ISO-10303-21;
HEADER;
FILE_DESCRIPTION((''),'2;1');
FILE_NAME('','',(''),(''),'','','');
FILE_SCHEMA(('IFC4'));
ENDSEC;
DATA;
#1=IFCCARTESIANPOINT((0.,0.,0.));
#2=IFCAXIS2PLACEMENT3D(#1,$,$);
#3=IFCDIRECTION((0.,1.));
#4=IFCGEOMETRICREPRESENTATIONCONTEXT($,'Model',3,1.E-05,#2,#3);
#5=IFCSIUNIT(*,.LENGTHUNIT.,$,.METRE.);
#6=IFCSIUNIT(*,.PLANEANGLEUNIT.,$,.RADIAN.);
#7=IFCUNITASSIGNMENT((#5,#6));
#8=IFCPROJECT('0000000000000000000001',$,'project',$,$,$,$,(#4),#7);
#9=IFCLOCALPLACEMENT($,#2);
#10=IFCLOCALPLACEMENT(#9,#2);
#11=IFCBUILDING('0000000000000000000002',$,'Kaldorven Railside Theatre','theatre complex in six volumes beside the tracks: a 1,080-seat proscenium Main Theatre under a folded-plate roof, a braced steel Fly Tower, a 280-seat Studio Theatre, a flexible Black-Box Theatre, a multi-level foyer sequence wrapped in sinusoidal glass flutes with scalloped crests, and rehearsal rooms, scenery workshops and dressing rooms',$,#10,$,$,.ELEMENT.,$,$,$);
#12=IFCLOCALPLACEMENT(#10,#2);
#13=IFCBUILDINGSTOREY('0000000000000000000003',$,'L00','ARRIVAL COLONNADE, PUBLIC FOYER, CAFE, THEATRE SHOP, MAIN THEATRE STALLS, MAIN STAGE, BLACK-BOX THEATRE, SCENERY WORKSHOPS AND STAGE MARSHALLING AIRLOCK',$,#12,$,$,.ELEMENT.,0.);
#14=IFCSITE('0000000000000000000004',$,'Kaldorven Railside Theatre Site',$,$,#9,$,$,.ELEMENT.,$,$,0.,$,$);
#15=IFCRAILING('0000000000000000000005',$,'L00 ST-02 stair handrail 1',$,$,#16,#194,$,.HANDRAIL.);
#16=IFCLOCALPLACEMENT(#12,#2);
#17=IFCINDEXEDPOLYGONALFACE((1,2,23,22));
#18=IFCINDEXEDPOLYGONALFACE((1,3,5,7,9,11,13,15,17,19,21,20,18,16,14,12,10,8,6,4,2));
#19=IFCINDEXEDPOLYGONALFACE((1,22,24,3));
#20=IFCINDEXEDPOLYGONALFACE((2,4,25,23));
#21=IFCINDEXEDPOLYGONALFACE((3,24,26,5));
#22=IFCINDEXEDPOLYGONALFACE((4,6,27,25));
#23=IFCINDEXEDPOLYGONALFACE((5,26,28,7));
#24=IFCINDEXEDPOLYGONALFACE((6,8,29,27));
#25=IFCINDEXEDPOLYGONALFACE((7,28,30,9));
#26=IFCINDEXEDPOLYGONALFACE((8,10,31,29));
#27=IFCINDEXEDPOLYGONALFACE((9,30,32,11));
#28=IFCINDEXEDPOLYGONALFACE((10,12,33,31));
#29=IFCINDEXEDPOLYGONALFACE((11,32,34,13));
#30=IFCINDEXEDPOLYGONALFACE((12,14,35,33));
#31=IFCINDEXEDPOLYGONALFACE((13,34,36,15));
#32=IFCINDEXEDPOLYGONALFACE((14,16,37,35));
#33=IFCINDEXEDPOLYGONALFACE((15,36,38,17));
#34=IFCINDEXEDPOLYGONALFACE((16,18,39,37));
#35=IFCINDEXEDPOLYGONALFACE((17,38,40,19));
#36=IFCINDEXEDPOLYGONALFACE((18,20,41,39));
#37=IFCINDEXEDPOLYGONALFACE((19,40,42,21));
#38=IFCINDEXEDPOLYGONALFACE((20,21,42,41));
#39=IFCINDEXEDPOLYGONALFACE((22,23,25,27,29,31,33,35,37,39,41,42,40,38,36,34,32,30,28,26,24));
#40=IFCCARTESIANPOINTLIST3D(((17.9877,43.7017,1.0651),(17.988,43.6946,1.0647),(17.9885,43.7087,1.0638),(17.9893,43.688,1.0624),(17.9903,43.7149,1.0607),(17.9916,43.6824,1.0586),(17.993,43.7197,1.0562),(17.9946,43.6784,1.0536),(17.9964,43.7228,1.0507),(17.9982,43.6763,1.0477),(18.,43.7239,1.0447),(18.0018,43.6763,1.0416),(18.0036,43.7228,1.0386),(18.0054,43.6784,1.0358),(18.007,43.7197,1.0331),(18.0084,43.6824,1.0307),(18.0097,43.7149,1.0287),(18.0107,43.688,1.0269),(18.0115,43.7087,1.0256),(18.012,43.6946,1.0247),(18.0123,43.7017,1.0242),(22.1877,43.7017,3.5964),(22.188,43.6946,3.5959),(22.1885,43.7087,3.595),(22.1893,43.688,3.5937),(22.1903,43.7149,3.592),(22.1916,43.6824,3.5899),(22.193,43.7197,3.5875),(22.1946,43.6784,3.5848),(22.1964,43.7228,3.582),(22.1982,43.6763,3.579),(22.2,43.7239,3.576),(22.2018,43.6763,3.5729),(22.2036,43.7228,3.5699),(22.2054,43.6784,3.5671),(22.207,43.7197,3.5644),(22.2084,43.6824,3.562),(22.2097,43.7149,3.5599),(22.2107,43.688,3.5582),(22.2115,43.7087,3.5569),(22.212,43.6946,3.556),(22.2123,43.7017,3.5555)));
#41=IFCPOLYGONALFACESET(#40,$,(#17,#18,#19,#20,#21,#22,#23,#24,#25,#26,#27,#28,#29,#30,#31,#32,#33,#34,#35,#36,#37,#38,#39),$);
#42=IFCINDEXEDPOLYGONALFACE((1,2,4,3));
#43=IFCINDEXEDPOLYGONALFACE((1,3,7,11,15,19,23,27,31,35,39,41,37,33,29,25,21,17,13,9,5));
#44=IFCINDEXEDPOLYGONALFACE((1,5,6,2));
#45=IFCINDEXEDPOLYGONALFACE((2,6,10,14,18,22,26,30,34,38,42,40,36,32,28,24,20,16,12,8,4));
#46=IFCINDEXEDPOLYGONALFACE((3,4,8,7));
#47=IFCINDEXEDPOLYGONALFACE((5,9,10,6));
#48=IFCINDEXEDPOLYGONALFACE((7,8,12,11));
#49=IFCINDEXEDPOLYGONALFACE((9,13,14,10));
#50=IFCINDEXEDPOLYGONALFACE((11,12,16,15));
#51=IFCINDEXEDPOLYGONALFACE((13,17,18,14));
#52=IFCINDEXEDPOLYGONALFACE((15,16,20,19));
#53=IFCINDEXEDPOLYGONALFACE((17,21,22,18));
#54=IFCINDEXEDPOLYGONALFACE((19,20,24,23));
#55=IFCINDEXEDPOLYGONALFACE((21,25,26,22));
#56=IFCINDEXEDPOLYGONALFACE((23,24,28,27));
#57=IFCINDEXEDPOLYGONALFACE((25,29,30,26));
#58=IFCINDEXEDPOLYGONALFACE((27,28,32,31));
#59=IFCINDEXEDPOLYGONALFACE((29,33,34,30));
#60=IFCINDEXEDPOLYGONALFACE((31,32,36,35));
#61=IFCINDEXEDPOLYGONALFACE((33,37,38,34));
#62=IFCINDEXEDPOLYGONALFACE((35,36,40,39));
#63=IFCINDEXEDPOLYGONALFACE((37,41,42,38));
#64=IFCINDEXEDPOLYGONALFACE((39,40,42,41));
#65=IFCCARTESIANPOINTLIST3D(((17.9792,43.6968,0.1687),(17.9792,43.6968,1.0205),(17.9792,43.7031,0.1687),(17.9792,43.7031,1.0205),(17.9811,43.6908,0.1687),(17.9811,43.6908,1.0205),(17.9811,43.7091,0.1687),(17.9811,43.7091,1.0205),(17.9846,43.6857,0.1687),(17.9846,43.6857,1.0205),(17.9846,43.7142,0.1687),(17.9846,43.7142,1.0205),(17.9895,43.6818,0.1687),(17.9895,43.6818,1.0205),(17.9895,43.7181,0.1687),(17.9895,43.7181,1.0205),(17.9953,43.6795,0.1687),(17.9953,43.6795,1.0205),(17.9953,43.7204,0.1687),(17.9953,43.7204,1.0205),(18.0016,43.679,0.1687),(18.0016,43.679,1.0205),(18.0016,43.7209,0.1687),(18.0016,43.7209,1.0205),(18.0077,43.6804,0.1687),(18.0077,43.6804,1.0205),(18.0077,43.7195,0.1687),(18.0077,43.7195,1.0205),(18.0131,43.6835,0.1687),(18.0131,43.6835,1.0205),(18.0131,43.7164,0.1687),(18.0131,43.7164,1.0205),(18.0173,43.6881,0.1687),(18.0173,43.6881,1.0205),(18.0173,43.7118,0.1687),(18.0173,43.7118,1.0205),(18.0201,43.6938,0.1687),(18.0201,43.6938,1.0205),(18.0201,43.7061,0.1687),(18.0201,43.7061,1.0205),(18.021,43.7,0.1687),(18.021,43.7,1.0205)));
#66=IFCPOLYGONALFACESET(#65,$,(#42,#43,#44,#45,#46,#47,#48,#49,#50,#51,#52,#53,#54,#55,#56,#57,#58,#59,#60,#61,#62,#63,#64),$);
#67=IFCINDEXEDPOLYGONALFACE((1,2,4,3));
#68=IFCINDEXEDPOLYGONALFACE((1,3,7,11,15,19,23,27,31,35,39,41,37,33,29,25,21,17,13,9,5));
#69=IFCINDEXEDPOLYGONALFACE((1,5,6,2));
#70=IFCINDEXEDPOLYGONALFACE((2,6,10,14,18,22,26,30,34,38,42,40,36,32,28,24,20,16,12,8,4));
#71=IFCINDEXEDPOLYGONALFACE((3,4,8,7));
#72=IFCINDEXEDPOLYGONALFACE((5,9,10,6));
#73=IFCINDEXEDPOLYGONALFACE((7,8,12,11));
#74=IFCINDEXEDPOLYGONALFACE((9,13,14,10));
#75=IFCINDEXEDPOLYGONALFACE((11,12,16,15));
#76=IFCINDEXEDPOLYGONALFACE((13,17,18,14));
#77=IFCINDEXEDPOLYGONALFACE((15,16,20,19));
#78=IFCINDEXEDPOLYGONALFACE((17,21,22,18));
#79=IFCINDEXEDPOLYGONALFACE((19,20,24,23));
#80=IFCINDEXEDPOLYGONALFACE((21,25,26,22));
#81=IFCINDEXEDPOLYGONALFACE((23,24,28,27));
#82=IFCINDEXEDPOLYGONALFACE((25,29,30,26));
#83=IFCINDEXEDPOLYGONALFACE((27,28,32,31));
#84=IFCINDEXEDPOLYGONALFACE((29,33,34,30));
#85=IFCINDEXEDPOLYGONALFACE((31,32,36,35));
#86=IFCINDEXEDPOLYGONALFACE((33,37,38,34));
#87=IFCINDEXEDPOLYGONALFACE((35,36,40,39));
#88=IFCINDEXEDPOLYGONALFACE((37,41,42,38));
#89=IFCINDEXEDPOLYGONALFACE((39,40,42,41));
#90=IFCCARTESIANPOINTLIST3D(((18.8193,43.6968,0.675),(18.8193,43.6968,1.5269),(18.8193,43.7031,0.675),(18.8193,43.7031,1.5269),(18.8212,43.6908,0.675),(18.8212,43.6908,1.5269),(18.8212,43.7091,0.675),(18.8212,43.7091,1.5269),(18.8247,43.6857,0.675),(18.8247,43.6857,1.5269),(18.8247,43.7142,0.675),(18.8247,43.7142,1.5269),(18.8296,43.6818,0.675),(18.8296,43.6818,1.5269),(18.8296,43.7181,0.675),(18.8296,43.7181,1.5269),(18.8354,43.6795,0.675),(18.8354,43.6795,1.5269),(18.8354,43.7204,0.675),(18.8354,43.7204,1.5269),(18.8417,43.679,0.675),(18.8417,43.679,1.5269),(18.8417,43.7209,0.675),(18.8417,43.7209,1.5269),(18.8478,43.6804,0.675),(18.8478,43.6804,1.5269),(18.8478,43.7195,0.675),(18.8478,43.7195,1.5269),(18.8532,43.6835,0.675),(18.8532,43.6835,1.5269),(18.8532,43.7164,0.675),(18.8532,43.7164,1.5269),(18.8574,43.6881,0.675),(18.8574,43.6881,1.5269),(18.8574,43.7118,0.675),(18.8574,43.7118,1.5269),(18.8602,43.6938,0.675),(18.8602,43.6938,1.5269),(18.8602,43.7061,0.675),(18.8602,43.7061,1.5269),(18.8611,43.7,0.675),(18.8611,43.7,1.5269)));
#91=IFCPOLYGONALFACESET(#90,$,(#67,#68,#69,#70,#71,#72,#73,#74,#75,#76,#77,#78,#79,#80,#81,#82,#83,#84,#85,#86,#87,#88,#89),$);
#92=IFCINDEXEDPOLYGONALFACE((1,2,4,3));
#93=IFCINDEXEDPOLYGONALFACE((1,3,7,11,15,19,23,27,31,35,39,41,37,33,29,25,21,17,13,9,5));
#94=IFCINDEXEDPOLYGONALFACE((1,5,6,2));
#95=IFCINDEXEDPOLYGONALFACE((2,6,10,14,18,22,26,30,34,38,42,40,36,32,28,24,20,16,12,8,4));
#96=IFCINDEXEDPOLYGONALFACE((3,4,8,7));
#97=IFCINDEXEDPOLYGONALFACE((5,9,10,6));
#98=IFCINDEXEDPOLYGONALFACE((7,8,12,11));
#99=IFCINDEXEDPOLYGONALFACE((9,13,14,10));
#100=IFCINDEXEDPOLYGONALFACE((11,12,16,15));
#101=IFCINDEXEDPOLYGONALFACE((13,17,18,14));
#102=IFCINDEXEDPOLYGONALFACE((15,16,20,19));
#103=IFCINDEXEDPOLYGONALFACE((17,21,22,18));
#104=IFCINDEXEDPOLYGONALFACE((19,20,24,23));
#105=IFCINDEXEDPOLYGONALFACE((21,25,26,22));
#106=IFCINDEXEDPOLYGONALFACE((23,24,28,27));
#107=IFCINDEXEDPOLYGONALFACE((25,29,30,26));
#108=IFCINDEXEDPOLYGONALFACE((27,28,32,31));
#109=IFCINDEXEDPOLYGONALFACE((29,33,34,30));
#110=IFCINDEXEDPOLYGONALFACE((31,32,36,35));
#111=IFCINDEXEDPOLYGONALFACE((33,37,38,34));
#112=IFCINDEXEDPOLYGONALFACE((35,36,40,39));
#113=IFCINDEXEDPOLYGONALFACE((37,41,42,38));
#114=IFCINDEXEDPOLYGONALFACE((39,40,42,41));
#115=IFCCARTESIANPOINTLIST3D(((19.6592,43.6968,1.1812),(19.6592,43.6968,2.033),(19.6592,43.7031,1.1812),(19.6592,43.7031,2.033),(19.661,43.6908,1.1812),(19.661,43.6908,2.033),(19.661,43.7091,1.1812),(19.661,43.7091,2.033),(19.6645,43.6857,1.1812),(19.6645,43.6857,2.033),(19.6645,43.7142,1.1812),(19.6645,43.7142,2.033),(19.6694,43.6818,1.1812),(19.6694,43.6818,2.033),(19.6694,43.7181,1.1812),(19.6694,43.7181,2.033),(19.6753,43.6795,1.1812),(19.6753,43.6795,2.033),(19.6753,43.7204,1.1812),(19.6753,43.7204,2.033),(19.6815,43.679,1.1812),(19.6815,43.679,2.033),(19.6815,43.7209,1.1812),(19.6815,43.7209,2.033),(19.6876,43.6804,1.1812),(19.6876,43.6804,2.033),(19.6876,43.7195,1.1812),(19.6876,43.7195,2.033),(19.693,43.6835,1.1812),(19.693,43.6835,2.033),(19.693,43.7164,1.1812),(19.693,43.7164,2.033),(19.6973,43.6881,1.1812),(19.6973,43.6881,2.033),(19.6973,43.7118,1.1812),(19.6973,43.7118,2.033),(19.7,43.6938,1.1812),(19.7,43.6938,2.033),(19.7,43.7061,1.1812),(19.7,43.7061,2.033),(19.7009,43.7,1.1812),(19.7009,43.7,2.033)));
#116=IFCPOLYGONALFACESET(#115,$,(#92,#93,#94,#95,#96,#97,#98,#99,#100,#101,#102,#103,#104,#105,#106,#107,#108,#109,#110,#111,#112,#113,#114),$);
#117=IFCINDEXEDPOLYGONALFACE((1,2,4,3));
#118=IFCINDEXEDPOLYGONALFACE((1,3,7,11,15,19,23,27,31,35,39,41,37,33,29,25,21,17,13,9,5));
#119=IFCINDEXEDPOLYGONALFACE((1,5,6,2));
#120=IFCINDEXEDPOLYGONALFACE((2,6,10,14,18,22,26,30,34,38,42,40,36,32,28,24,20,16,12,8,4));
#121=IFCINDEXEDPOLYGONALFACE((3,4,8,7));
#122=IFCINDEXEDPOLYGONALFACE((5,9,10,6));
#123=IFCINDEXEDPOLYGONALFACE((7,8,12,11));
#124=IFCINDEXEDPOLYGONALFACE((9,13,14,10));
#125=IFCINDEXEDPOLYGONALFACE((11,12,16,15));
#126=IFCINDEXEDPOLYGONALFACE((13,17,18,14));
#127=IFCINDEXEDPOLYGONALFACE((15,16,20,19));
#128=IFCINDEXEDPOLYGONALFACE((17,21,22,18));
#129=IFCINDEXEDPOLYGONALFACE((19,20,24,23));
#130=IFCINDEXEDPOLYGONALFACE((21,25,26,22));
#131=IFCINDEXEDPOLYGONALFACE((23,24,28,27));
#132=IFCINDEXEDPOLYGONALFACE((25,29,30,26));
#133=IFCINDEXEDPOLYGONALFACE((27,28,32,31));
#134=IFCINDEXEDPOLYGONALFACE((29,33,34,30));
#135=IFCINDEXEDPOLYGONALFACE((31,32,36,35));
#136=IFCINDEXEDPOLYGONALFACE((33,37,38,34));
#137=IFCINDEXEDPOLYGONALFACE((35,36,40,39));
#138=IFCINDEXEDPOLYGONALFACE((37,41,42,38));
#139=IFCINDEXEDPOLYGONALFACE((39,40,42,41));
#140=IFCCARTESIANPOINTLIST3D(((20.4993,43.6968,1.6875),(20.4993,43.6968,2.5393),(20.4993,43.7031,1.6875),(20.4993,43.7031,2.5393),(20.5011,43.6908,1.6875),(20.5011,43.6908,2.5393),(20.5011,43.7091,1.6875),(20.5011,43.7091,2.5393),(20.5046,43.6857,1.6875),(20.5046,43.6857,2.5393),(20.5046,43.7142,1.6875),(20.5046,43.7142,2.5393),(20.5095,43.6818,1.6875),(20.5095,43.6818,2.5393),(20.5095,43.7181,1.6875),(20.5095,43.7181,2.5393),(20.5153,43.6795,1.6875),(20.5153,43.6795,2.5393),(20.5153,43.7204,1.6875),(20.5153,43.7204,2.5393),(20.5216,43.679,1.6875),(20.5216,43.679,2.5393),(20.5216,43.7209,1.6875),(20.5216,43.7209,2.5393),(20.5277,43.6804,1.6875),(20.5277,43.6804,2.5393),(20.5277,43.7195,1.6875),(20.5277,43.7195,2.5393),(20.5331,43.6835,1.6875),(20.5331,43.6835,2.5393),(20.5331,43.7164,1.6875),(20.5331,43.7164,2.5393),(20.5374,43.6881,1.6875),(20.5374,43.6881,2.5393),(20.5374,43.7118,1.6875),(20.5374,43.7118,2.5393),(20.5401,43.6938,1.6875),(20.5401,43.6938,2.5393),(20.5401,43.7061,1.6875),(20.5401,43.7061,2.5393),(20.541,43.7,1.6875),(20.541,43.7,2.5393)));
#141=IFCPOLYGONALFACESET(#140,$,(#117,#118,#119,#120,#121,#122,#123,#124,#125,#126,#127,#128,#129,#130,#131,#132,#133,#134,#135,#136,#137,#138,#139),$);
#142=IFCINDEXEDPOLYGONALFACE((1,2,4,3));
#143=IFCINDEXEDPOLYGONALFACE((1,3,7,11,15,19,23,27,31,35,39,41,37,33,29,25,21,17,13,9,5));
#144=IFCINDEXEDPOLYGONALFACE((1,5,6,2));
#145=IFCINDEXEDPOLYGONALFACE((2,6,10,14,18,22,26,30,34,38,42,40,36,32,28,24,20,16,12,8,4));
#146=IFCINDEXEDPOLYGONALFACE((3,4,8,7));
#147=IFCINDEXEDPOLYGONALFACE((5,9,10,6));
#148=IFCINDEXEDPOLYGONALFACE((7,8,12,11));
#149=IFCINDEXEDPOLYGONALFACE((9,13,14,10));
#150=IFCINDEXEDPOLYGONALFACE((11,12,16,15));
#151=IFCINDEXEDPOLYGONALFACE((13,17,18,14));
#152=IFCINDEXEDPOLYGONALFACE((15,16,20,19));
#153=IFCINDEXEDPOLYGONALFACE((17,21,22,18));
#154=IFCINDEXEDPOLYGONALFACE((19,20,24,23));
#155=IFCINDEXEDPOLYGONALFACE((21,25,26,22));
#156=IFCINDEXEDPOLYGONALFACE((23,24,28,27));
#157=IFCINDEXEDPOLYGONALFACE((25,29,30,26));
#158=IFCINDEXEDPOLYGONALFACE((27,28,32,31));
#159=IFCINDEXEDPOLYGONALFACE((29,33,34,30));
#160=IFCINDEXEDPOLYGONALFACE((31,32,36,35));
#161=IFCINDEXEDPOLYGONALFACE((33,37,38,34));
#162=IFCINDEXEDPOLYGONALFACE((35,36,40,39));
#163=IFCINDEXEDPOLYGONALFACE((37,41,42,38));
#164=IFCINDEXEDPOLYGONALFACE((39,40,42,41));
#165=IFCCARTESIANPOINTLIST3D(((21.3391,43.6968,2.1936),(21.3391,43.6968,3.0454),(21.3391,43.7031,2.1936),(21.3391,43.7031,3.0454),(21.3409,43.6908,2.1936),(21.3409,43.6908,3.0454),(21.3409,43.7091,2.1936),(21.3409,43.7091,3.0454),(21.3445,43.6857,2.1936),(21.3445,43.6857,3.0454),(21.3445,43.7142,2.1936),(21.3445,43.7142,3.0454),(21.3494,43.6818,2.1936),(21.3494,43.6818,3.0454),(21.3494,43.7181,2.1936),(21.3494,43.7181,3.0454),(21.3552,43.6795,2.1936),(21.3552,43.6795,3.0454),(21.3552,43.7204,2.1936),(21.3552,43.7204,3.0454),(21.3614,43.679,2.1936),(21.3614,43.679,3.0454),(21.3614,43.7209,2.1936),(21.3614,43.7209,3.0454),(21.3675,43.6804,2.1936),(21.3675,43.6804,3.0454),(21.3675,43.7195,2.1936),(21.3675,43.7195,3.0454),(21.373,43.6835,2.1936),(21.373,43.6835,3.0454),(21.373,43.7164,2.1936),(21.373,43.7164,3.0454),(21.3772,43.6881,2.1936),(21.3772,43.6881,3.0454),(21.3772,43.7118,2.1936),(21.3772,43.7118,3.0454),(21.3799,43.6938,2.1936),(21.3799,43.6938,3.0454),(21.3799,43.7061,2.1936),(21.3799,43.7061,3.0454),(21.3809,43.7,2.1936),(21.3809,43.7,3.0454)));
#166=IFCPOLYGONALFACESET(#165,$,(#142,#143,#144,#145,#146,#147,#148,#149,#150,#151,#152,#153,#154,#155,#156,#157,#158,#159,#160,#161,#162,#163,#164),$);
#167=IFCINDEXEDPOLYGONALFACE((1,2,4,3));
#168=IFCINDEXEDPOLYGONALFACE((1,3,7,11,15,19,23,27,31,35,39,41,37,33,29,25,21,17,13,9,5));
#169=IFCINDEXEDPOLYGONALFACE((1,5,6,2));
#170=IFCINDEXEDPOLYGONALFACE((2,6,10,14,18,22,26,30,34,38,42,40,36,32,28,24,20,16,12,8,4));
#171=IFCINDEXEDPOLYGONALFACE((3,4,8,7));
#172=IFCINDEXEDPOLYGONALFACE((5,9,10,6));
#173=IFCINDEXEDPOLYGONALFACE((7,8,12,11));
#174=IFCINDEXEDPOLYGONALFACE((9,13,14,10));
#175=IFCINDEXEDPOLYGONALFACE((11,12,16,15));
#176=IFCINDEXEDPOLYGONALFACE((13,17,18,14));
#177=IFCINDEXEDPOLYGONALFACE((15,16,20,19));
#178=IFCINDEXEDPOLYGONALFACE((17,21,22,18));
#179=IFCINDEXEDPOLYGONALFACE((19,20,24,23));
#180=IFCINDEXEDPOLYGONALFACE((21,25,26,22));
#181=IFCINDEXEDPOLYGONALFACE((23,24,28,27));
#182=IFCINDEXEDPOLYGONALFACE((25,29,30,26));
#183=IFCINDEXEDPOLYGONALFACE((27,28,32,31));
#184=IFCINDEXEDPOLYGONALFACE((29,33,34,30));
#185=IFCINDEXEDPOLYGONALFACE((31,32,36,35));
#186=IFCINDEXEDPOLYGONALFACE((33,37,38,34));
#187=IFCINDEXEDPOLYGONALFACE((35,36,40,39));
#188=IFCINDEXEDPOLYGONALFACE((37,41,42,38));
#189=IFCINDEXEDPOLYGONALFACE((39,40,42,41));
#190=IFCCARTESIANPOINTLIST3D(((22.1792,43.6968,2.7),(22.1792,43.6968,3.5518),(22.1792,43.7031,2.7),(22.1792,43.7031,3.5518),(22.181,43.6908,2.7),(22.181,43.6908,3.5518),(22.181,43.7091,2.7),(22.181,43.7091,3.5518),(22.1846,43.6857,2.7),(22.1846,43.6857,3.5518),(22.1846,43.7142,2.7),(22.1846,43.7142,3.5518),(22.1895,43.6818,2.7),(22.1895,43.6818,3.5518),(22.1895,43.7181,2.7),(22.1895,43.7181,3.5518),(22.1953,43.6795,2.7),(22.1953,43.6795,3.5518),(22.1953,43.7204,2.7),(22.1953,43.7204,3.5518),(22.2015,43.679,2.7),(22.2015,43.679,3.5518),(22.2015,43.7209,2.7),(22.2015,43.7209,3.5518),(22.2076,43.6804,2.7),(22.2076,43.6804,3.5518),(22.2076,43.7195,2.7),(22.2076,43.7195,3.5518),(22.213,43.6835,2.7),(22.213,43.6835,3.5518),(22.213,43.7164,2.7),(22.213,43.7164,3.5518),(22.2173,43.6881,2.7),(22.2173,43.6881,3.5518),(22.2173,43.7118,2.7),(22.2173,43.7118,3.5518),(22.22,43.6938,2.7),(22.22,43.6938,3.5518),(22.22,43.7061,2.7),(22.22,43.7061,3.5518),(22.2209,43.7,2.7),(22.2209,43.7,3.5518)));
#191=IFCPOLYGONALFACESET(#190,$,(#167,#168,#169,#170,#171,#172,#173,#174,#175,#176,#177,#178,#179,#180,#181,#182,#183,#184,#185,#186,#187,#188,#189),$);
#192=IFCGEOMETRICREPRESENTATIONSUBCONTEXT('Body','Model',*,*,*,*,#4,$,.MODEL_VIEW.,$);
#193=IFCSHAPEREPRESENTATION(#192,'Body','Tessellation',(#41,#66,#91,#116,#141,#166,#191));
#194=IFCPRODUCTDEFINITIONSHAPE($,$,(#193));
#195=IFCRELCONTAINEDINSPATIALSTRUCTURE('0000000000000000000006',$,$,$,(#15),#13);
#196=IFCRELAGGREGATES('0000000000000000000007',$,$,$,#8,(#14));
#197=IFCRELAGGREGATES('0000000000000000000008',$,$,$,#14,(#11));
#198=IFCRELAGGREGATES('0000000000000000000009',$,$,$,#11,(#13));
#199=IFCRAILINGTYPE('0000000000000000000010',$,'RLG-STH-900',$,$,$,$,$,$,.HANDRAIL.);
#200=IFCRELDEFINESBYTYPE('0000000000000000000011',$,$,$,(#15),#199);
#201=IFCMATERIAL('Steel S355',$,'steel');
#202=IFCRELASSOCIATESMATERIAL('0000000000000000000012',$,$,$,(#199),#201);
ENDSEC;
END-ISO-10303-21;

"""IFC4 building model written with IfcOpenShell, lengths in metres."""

from ifc_helpers import new_model, si_unit, direction, frame, origin, origin_2d, place, context, subcontext, project, spatial, circle, extrude, material, type_object, element, save


model = new_model("IFC4")

# Units and contexts
model_context = context("Model", 3, precision=1e-05, world=origin(), true_north=direction((0.0, 1.0)))
body_context = subcontext(model_context, "Body", "Model", "MODEL_VIEW")
ifc_project = project(units=[si_unit("LENGTHUNIT", "METRE"), si_unit("PLANEANGLEUNIT", "RADIAN")], contexts=[model_context])

# Site, building, storey
site_placement = place(None, origin())
site = spatial("IfcSite", under=ifc_project, at=site_placement, Name="Kaldorven Railside Theatre Site", CompositionType="ELEMENT", RefElevation=0.0)
building_placement = place(site_placement, origin())
building = spatial("IfcBuilding", under=site, at=building_placement, Name="Kaldorven Railside Theatre", Description="theatre complex in six volumes beside the tracks: a 1,080-seat proscenium Main Theatre under a folded-plate roof, a braced steel Fly Tower, a 280-seat Studio Theatre, a flexible Black-Box Theatre, a multi-level foyer sequence wrapped in sinusoidal glass flutes with scalloped crests, and rehearsal rooms, scenery workshops and dressing rooms", CompositionType="ELEMENT")
storey_placement = place(building_placement, origin())
storey = spatial("IfcBuildingStorey", under=building, at=storey_placement, Name="L00", Description="ARRIVAL COLONNADE, PUBLIC FOYER, CAFE, THEATRE SHOP, MAIN THEATRE STALLS, MAIN STAGE, BLACK-BOX THEATRE, SCENERY WORKSHOPS AND STAGE MARSHALLING AIRLOCK", CompositionType="ELEMENT", Elevation=0.0)

# Shared definitions
ifc_material_1 = material(Name="Steel S355", Category="steel")

# Railing
railing_type_1 = type_object("IfcRailingType", Name="RLG-STH-900", PredefinedType="HANDRAIL", material=ifc_material_1)
railing_1_placement = place(storey_placement, frame((18.0, 43.7, 0.1687)))
element("IfcRailing", 1, at=railing_1_placement, inside=storey, type_object=railing_type_1, Name="L00 ST-02 stair handrail 1", PredefinedType="HANDRAIL", context=body_context, shape_type="SweptSolid", body=[
    extrude(circle(Radius=0.0239, at=origin_2d()), frame((0.0, 0.0, 0.876), z_axis=(0.856476, 0.0, 0.516186), x_axis=(0.0, 1.0, 0.0)), (0.0, 0.0, 1.0), 4.9038),
    extrude(circle(Radius=0.021, at=origin_2d()), origin(), (0.0, 0.0, 1.0), 0.8518),
    extrude(circle(Radius=0.021, at=origin_2d()), frame((0.8401, 0.0, 0.5063)), (0.0, 0.0, 1.0), 0.8518),
    extrude(circle(Radius=0.021, at=origin_2d()), frame((1.6799, 0.0, 1.0125)), (0.0, 0.0, 1.0), 0.8518),
    extrude(circle(Radius=0.021, at=origin_2d()), frame((2.52, 0.0, 1.5188)), (0.0, 0.0, 1.0), 0.8518),
    extrude(circle(Radius=0.021, at=origin_2d()), frame((3.3599, 0.0, 2.0249)), (0.0, 0.0, 1.0), 0.8518),
    extrude(circle(Radius=0.021, at=origin_2d()), frame((4.2, 0.0, 2.5312)), (0.0, 0.0, 1.0), 0.8518),
])

save(model, "model.ifc")
